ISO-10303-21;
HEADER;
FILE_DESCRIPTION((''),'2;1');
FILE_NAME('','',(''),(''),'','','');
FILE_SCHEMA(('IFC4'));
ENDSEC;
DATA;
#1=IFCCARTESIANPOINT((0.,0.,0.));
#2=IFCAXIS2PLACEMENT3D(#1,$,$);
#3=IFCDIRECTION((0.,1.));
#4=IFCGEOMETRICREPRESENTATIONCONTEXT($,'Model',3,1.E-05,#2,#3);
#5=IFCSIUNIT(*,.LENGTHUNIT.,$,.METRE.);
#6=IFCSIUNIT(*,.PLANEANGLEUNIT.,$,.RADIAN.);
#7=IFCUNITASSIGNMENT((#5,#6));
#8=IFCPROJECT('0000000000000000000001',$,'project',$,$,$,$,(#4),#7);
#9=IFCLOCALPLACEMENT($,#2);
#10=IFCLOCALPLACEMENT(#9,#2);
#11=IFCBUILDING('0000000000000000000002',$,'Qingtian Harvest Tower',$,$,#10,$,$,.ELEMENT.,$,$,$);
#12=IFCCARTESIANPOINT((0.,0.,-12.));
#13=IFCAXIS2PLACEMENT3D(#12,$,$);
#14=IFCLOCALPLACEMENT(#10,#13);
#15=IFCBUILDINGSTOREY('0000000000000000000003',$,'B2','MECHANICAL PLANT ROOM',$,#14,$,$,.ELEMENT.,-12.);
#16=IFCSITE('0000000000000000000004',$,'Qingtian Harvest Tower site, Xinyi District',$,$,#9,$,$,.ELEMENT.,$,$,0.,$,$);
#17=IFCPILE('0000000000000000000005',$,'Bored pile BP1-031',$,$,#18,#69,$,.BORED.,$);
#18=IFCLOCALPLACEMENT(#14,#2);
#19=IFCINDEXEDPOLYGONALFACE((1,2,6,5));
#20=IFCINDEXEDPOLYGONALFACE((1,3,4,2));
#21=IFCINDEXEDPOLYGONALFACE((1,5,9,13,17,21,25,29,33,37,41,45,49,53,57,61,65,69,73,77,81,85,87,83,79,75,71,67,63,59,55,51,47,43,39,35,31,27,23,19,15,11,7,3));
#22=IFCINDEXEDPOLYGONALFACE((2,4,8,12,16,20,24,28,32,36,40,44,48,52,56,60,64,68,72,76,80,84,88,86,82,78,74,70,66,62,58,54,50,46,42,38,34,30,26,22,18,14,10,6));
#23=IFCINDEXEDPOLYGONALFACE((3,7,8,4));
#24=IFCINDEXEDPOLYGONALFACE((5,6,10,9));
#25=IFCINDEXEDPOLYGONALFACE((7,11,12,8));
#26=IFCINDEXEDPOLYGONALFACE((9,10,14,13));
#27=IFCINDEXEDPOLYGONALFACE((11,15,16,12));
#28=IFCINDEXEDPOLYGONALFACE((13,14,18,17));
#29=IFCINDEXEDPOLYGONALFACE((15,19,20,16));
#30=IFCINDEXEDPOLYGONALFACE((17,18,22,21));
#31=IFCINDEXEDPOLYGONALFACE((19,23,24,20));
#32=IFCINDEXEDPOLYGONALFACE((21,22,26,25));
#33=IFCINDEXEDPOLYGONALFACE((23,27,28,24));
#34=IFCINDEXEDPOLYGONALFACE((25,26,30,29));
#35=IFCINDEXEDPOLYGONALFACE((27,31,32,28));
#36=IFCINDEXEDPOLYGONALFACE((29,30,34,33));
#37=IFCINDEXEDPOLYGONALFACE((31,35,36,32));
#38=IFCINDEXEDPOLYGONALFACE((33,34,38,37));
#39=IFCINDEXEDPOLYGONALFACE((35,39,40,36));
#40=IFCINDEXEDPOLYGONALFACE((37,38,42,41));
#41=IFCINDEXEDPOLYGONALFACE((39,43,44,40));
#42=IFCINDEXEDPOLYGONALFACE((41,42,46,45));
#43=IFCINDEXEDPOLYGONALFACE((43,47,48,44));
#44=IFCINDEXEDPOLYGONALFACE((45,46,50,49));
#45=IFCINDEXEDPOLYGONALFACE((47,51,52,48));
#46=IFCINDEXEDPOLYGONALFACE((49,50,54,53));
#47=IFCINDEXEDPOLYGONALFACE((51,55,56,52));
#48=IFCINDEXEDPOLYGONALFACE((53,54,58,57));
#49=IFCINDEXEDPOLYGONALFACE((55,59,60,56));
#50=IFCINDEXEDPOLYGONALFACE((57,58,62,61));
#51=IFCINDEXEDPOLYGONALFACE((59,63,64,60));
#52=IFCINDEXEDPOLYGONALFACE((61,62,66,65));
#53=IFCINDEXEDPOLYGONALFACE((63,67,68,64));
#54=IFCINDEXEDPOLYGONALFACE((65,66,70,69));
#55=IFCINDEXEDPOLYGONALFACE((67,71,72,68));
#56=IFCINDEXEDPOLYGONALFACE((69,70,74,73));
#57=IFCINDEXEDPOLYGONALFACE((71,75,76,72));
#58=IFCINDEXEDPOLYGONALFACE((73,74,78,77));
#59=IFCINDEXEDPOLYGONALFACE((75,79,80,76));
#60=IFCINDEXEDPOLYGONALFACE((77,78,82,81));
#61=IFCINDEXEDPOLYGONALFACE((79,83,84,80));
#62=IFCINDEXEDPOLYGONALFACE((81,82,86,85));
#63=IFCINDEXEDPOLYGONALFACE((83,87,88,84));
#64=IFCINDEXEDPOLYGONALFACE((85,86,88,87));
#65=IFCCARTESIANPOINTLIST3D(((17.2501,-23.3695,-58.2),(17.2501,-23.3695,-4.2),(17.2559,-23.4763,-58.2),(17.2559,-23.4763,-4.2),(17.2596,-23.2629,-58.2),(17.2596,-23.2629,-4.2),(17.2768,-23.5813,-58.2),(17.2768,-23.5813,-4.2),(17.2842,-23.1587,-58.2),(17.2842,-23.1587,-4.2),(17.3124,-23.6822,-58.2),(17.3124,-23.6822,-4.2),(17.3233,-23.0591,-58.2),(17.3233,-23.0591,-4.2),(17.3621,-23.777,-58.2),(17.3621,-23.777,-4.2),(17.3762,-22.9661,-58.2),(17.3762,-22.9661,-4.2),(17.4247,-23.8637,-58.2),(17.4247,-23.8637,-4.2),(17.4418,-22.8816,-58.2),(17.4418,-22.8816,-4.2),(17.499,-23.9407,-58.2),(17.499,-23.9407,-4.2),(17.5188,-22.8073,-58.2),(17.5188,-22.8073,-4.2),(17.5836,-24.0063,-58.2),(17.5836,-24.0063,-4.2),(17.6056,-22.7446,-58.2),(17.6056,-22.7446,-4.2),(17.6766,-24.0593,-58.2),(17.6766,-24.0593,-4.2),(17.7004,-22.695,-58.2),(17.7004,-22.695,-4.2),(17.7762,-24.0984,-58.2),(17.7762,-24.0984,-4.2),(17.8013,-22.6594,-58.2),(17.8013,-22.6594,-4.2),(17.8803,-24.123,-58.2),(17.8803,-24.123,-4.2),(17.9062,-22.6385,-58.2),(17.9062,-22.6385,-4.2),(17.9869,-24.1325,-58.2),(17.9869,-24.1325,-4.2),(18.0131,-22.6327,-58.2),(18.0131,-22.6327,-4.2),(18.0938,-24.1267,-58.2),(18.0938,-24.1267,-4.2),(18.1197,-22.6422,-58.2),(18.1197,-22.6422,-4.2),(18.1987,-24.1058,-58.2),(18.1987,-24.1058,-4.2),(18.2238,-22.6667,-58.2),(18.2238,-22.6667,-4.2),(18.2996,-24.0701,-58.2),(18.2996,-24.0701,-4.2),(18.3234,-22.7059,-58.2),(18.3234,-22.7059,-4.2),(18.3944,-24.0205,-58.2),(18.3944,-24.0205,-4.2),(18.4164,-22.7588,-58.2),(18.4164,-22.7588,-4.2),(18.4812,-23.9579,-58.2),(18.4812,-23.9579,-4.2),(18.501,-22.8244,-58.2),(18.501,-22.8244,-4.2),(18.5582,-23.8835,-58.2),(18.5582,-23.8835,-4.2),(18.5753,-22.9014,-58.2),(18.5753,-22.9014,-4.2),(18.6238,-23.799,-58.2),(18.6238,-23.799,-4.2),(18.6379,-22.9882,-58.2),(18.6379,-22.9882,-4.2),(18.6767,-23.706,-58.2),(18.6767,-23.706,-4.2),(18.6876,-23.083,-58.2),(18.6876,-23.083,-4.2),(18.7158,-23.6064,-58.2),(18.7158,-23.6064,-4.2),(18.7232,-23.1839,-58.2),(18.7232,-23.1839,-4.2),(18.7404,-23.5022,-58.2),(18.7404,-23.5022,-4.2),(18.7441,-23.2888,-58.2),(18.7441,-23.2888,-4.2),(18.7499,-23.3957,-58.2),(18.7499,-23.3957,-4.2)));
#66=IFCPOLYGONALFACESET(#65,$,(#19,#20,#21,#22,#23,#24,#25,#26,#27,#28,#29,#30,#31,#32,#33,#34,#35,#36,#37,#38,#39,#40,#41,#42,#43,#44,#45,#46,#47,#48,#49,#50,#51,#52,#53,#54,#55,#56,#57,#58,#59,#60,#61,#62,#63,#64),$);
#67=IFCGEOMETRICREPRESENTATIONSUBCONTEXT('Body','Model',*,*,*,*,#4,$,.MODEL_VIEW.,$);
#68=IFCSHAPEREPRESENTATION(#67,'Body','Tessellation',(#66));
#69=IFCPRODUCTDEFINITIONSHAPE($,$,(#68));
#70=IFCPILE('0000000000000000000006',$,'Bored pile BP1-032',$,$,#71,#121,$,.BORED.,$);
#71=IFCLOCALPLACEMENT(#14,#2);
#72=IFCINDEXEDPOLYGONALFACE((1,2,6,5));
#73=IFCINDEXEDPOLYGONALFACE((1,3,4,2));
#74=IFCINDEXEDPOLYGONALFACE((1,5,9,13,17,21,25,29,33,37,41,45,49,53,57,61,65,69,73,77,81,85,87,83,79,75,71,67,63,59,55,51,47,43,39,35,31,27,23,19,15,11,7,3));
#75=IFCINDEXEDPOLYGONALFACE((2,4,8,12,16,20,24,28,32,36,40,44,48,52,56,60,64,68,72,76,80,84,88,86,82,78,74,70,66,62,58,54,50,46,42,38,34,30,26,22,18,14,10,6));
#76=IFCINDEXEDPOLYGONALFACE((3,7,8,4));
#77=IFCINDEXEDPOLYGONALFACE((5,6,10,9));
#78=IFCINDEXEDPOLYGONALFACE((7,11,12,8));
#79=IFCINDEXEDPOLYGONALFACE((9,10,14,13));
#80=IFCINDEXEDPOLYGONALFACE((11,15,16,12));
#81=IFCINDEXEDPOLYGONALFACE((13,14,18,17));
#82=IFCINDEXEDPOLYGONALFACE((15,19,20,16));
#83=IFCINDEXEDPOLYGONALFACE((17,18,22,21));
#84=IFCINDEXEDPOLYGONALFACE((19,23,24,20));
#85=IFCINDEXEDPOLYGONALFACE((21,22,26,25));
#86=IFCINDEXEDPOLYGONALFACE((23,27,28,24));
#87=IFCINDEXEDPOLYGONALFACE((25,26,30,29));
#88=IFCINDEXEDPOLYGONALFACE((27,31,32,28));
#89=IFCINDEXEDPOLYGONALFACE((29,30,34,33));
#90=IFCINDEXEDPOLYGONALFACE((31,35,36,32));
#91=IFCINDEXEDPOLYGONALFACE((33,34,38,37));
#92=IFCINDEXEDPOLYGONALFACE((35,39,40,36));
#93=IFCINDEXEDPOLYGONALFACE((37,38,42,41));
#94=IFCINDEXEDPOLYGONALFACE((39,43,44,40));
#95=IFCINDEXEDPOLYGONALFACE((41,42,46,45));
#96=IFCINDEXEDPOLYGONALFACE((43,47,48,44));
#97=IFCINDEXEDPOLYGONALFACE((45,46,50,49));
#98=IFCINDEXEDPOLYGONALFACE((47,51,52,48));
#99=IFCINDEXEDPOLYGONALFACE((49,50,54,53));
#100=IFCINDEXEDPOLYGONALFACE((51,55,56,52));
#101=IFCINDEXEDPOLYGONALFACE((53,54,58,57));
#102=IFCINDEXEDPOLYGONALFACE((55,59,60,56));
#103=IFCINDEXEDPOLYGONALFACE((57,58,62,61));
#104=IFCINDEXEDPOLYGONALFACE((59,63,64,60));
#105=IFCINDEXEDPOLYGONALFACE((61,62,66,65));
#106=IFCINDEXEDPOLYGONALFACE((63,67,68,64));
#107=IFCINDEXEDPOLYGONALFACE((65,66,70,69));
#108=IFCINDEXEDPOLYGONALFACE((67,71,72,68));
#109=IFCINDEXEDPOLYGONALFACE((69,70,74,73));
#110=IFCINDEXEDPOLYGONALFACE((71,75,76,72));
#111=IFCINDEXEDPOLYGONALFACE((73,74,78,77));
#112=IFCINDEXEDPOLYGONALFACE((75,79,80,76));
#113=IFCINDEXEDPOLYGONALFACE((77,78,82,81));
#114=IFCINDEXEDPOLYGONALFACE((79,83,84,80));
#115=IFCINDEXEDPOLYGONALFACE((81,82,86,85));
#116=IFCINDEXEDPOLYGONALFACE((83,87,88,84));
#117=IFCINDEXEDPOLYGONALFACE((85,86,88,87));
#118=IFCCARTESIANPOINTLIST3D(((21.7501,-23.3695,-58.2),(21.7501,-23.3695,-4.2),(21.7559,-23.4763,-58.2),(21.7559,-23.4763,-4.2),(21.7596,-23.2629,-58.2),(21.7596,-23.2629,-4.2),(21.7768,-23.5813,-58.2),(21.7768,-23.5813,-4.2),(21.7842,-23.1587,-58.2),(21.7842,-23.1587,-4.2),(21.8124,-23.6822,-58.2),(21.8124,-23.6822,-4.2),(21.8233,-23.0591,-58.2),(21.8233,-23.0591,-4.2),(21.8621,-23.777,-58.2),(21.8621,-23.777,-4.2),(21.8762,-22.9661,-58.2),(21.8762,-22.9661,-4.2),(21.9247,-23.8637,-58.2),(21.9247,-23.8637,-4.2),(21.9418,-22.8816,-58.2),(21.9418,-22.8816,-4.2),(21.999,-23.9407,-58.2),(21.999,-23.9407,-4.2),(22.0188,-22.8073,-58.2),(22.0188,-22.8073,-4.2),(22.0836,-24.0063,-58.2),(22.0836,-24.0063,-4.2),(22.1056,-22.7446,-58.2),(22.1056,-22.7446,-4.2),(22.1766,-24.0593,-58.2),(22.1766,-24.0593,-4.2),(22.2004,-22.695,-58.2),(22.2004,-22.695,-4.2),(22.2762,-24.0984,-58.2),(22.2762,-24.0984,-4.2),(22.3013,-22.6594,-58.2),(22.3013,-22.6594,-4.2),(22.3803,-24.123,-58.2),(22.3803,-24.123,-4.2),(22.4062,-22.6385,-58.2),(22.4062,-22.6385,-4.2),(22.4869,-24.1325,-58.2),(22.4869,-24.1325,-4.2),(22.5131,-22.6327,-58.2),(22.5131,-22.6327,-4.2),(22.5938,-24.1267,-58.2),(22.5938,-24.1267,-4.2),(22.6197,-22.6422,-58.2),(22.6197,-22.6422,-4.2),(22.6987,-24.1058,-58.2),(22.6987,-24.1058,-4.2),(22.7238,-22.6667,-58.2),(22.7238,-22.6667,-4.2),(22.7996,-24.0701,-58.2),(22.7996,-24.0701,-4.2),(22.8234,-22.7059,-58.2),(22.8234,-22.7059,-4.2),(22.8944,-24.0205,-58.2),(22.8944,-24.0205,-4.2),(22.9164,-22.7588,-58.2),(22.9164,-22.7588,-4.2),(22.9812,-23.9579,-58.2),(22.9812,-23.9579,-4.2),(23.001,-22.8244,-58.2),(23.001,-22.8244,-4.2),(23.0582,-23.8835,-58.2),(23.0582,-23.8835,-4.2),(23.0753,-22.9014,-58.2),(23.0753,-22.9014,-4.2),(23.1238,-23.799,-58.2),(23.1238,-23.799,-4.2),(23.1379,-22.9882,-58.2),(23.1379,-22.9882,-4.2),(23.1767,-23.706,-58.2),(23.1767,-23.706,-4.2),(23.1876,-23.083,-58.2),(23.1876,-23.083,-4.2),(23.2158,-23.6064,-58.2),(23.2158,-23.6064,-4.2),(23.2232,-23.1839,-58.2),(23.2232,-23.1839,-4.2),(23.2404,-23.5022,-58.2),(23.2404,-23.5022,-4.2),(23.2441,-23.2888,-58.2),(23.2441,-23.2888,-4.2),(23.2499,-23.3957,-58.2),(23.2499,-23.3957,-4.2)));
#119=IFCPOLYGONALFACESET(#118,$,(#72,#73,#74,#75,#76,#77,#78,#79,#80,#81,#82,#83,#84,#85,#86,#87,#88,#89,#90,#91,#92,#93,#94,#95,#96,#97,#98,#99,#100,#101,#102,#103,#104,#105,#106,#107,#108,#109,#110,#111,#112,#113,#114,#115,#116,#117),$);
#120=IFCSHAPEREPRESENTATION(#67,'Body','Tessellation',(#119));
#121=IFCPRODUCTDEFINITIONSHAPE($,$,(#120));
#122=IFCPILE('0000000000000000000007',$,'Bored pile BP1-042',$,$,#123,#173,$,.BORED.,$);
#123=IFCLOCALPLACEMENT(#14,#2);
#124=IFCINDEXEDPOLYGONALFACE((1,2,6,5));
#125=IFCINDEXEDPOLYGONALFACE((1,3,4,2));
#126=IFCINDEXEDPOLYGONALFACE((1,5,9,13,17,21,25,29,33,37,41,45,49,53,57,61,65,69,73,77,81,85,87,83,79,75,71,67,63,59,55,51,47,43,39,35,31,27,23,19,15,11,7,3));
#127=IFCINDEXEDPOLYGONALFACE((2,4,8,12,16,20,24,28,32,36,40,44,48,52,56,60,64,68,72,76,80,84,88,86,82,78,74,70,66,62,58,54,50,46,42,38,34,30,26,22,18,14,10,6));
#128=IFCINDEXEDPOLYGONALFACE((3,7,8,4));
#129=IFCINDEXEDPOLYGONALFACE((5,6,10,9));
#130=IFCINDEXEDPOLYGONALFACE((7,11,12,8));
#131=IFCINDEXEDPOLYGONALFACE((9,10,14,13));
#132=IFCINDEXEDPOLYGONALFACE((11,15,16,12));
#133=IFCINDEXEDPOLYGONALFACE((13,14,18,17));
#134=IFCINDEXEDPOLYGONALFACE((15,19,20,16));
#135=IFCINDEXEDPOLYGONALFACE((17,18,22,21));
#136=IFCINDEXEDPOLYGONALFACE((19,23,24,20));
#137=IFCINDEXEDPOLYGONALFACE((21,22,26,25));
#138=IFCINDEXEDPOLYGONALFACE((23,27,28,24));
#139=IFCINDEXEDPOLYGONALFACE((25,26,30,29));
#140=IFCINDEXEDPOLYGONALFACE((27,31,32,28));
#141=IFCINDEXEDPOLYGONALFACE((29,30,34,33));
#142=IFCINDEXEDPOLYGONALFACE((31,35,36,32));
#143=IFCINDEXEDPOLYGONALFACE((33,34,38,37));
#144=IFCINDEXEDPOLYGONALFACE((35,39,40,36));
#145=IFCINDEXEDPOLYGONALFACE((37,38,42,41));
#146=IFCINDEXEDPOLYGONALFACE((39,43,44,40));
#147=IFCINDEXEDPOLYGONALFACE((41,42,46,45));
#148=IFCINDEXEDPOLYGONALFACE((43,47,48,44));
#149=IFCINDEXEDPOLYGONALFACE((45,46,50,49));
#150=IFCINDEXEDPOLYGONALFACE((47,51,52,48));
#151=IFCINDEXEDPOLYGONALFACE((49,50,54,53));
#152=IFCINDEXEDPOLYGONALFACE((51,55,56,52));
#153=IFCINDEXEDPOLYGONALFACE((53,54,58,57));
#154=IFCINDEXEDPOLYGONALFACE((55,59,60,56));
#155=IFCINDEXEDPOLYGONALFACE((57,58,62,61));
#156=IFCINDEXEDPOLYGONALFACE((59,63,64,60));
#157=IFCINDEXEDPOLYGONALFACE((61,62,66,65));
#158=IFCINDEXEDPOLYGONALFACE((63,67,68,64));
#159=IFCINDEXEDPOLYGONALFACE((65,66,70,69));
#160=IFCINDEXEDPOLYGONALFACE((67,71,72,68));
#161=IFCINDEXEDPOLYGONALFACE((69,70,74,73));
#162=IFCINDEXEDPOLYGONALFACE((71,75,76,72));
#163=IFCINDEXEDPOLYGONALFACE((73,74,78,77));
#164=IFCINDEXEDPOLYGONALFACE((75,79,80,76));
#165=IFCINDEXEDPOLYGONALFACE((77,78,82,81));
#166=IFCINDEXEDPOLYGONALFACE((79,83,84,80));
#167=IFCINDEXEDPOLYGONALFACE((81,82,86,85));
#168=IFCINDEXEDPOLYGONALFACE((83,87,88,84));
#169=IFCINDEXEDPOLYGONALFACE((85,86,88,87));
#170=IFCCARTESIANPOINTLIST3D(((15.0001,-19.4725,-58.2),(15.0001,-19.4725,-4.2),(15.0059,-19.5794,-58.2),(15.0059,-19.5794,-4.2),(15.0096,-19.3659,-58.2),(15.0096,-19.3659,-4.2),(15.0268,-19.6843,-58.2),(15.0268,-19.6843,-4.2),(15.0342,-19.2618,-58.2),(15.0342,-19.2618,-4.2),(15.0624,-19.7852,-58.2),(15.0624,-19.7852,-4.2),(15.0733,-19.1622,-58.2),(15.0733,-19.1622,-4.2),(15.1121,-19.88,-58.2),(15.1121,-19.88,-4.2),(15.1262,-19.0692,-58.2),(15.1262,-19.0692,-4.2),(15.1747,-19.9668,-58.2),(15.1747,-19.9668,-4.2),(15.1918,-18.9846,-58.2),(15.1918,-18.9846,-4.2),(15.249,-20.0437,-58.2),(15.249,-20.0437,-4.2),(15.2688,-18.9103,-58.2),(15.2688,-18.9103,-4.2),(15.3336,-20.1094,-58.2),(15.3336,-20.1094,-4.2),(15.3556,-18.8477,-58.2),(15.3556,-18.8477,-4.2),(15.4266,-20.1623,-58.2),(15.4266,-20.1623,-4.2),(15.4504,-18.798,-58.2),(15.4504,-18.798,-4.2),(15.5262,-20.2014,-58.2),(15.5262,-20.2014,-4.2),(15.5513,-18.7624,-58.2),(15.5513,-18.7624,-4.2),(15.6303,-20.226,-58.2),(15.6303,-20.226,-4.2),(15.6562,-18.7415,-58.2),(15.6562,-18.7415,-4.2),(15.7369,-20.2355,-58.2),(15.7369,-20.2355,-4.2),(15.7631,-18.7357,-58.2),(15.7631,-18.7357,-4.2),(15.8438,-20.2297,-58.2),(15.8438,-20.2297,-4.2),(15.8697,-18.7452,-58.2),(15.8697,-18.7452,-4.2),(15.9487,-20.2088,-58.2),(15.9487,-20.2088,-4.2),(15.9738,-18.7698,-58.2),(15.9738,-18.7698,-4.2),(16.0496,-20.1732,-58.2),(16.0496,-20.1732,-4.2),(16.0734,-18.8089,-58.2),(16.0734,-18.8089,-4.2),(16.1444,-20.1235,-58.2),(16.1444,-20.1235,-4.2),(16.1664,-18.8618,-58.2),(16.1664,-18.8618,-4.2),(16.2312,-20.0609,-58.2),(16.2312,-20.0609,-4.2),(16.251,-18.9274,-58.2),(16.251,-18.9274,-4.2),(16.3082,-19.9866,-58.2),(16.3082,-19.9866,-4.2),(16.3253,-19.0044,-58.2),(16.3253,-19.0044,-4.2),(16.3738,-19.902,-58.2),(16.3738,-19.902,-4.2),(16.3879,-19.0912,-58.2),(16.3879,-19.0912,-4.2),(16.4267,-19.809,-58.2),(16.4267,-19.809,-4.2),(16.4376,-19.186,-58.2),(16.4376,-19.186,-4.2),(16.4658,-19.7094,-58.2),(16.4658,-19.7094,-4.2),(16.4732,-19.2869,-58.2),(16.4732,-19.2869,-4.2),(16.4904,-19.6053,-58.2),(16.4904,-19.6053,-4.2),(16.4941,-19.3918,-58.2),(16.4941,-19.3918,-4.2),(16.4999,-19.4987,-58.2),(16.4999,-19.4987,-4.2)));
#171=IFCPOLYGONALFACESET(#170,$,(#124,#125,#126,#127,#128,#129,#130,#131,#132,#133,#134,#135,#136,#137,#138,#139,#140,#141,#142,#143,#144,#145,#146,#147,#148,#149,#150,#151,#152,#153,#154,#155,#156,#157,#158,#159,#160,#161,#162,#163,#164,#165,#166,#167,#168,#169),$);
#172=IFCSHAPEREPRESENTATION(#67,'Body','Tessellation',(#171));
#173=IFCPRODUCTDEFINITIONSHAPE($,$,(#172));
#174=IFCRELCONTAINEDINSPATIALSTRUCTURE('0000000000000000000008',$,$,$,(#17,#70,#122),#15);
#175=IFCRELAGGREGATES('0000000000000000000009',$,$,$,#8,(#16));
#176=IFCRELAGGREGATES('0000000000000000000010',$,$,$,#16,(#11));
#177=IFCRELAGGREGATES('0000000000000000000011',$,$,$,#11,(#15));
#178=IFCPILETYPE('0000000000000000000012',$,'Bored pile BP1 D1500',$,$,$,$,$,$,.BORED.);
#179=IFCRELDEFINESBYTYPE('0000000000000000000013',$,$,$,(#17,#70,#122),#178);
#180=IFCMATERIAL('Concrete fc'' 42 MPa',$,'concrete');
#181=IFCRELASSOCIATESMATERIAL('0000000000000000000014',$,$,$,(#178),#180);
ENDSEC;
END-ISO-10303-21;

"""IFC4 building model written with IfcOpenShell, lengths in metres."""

from ifc_helpers import new_model, si_unit, direction, frame, frame_2d, origin, place, context, subcontext, project, spatial, circle, extrude, material, material_profile, profile_set, type_object, element, save


model = new_model("IFC4")

# Units and contexts
model_context = context("Model", 3, precision=1e-05, world=origin(), true_north=direction((0.0, 1.0)))
body_context = subcontext(model_context, "Body", "Model", "MODEL_VIEW")
ifc_project = project(units=[si_unit("LENGTHUNIT", "METRE"), si_unit("PLANEANGLEUNIT", "RADIAN")], contexts=[model_context])

# Site, building, storey
site_placement = place(None, origin())
site = spatial("IfcSite", under=ifc_project, at=site_placement, Name="Qingtian Harvest Tower site, Xinyi District", CompositionType="ELEMENT", RefElevation=0.0)
building_placement = place(site_placement, origin())
building = spatial("IfcBuilding", under=site, at=building_placement, Name="Qingtian Harvest Tower", CompositionType="ELEMENT")
storey_placement = place(building_placement, frame((0.0, 0.0, -12.0)))
storey = spatial("IfcBuildingStorey", under=building, at=storey_placement, Name="B2", Description="MECHANICAL PLANT ROOM", CompositionType="ELEMENT", Elevation=-12.0)

# Piles
ifc_material_1 = material(Name="Concrete fc' 42 MPa", Category="concrete")
ifc_material_profile_1 = material_profile(ifc_material_1, circle(Radius=0.75, at=frame_2d((0.0, 0.0), x_axis=(0.999848, 0.017452))), Name="Bored pile BP1 D1500")
ifc_profile_set_1 = profile_set([ifc_material_profile_1], Name="Concrete fc' 42 MPa")
pile_type = type_object("IfcPileType", Name="Bored pile BP1 D1500", PredefinedType="BORED", material=ifc_profile_set_1)
for number, where, z_axis, x_axis, name in (
    (1, (18.0, -23.3826, -4.2), (0.0, 0.0, -1.0), (1.0, 0.0, 0.0), "Bored pile BP1-031"),
    (2, (22.5, -23.3826, -4.2), (0.0, 0.0, -1.0), (1.0, 0.0, 0.0), "Bored pile BP1-032"),
    (3, (15.75, -19.4856, -4.2), (0.0, 0.0, -1.0), (1.0, 0.0, 0.0), "Bored pile BP1-042"),
):
    element("IfcPile", number, at=place(storey_placement, frame(where, z_axis=z_axis, x_axis=x_axis)), inside=storey, type_object=pile_type, Name=name, PredefinedType="BORED", context=body_context, shape_type="SweptSolid", body=[
        extrude(circle(Radius=0.75, at=frame_2d((0.0, 0.0), x_axis=(0.999848, 0.017452))), origin(), (0.0, 0.0, 1.0), 54.0),
    ])

save(model, "model.ifc")
